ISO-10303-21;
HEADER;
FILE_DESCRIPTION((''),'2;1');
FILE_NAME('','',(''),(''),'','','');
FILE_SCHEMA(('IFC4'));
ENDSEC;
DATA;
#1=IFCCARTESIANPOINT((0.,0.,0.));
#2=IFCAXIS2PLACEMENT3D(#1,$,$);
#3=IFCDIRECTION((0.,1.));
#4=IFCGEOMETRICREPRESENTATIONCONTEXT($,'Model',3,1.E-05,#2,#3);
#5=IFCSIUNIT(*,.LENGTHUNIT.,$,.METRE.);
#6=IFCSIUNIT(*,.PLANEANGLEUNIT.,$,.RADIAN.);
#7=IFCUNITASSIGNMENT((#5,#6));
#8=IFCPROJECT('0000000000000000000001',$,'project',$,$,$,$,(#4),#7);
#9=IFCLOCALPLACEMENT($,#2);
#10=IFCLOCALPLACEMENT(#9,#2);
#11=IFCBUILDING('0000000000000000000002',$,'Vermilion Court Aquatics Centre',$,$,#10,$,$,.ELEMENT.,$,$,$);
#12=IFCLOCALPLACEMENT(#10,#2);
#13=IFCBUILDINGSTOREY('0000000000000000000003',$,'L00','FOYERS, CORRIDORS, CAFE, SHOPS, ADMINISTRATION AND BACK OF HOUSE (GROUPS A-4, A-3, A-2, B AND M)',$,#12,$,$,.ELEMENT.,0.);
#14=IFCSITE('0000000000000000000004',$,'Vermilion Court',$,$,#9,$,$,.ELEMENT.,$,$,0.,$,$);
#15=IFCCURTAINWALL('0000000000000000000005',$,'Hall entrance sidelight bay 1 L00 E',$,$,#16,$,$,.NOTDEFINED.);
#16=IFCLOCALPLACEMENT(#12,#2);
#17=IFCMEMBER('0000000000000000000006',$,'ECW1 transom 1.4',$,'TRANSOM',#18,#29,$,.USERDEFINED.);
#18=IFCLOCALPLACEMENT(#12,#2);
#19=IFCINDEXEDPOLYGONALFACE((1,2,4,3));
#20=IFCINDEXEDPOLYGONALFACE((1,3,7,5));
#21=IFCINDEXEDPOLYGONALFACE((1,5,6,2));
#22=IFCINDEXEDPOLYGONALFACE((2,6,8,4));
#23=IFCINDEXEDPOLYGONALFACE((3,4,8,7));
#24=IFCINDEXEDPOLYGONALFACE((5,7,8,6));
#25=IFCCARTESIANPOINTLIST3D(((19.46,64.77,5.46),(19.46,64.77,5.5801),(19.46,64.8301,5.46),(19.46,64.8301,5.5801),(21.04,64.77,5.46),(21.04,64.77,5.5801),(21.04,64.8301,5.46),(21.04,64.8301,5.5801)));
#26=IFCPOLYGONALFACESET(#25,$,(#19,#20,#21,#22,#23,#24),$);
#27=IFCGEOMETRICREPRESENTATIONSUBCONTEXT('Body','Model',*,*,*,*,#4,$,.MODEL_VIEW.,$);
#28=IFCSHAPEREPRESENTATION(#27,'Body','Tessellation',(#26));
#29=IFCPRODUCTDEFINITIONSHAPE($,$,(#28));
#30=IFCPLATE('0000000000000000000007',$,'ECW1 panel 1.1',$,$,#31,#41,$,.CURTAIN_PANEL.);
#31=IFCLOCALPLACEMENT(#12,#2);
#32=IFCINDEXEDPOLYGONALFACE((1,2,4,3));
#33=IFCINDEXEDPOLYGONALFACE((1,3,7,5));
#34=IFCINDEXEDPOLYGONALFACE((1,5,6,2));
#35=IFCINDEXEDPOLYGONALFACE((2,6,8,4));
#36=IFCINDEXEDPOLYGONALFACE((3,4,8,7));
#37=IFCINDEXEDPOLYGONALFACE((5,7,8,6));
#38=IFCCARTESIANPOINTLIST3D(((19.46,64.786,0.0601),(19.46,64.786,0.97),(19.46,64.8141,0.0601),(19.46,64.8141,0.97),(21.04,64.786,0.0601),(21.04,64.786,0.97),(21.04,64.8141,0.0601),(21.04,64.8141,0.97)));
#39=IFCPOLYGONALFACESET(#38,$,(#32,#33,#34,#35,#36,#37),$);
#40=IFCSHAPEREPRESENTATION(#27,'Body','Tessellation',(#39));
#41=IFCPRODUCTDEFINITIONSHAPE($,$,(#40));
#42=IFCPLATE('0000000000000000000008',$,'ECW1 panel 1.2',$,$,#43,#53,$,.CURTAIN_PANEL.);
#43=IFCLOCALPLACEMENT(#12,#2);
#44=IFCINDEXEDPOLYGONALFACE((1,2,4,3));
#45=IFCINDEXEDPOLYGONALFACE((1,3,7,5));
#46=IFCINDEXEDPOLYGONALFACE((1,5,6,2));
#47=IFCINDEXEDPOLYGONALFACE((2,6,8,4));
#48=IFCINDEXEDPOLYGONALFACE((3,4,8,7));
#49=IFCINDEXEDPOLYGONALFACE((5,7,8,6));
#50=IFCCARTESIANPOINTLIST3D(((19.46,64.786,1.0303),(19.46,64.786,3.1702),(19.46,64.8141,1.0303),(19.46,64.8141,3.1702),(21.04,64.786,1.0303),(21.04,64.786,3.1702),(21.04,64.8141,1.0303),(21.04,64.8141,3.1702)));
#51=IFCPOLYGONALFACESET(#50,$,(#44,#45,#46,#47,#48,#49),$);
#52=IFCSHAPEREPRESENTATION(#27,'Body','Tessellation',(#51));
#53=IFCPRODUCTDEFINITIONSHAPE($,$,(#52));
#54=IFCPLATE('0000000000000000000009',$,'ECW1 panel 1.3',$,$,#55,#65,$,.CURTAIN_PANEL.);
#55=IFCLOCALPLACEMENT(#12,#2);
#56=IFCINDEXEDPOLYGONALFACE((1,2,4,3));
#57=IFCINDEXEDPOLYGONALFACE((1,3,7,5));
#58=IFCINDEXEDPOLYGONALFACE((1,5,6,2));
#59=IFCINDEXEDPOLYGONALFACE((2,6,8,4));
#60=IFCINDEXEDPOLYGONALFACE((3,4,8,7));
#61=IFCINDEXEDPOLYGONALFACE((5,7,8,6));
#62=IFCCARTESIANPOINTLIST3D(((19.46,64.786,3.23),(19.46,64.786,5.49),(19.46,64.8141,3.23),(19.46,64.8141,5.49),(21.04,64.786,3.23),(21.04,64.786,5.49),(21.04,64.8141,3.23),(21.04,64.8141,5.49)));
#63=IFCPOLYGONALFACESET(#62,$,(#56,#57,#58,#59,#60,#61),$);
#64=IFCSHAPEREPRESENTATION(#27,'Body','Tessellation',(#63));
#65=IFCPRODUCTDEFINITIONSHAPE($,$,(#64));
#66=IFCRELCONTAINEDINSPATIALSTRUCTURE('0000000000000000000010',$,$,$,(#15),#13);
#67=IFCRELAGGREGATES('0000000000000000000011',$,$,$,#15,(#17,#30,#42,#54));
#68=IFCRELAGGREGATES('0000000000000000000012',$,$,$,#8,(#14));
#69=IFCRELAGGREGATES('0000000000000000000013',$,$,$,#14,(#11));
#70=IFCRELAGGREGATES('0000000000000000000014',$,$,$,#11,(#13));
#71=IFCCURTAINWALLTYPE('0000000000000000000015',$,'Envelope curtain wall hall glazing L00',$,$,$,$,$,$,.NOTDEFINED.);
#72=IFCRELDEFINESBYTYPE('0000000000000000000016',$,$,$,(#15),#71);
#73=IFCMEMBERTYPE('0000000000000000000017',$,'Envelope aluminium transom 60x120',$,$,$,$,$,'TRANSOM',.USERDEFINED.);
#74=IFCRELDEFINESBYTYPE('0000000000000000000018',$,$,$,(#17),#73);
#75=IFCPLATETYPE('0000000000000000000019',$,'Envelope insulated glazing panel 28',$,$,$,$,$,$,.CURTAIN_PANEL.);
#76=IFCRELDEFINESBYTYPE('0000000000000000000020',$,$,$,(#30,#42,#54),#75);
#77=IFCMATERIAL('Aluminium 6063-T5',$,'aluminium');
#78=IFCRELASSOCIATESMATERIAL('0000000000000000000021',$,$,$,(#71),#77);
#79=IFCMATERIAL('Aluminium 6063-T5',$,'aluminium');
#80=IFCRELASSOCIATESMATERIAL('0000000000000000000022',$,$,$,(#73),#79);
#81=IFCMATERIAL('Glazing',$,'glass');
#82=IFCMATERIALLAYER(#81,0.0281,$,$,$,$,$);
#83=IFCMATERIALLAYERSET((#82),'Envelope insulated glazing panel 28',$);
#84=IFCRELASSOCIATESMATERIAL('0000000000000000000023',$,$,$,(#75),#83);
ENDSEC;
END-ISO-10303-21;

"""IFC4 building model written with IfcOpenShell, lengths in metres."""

from ifc_helpers import new_model, si_unit, direction, frame, origin, origin_2d, place, context, subcontext, project, spatial, rectangle, extrude, material, layer, layer_set, material_profile, profile_set, type_object, element, aggregate, save


model = new_model("IFC4")

# Units and contexts
model_context = context("Model", 3, precision=1e-05, world=origin(), true_north=direction((0.0, 1.0)))
body_context = subcontext(model_context, "Body", "Model", "MODEL_VIEW")
ifc_project = project(units=[si_unit("LENGTHUNIT", "METRE"), si_unit("PLANEANGLEUNIT", "RADIAN")], contexts=[model_context])

# Site, building, storey
site_placement = place(None, origin())
site = spatial("IfcSite", under=ifc_project, at=site_placement, Name="Vermilion Court", CompositionType="ELEMENT", RefElevation=0.0)
building_placement = place(site_placement, origin())
building = spatial("IfcBuilding", under=site, at=building_placement, Name="Vermilion Court Aquatics Centre", CompositionType="ELEMENT")
storey_placement = place(building_placement, origin())
storey = spatial("IfcBuildingStorey", under=building, at=storey_placement, Name="L00", Description="FOYERS, CORRIDORS, CAFE, SHOPS, ADMINISTRATION AND BACK OF HOUSE (GROUPS A-4, A-3, A-2, B AND M)", CompositionType="ELEMENT", Elevation=0.0)

# Shared definitions
ifc_material_1 = material(Name="Aluminium 6063-T5", Category="aluminium")
curtain_wall_type = type_object("IfcCurtainWallType", Name="Envelope curtain wall hall glazing L00", PredefinedType="NOTDEFINED", material=ifc_material_1)

# Curtain wall, member, plates
curtain_wall_1_placement = place(storey_placement, origin())
curtain_wall_1 = element("IfcCurtainWall", 1, at=curtain_wall_1_placement, inside=storey, type_object=curtain_wall_type, Name="Hall entrance sidelight bay 1 L00 E", PredefinedType="NOTDEFINED")
ifc_material_2 = material(Name="Aluminium 6063-T5", Category="aluminium")
ifc_material_profile_1 = material_profile(ifc_material_2, rectangle(XDim=0.0601, YDim=0.1201, at=origin_2d()), Name="AL 60x120")
ifc_profile_set_1 = profile_set([ifc_material_profile_1], Name="Aluminium 6063-T5")
member_type_1 = type_object("IfcMemberType", Name="Envelope aluminium transom 60x120", ElementType="TRANSOM", PredefinedType="USERDEFINED", material=ifc_profile_set_1)
member_1_placement = place(storey_placement, frame((19.46, 64.8, 5.52), z_axis=(1.0, 0.0, 0.0), x_axis=(0.0, 1.0, 0.0)))
member_1 = element("IfcMember", 2, at=member_1_placement, type_object=member_type_1, Name="ECW1 transom 1.4", ObjectType="TRANSOM", PredefinedType="USERDEFINED", context=body_context, shape_type="SweptSolid", body=[
    extrude(rectangle(XDim=0.0601, YDim=0.1201, at=origin_2d()), origin(), (0.0, 0.0, 1.0), 1.5801),
])
ifc_material_3 = material(Name="Glazing", Category="glass")
ifc_layer_1 = layer(ifc_material_3, 0.0281)
ifc_layer_set_1 = layer_set([ifc_layer_1], Name="Envelope insulated glazing panel 28")
plate_type = type_object("IfcPlateType", Name="Envelope insulated glazing panel 28", PredefinedType="CURTAIN_PANEL", material=ifc_layer_set_1)
plate_1_placement = place(storey_placement, frame((20.25, 64.8, 0.0601), z_axis=(0.0, 0.0, 1.0), x_axis=(1.0, 0.0, 0.0)))
plate_1 = element("IfcPlate", 3, at=plate_1_placement, type_object=plate_type, Name="ECW1 panel 1.1", PredefinedType="CURTAIN_PANEL", context=body_context, shape_type="SweptSolid", body=[
    extrude(rectangle(XDim=1.5801, YDim=0.0281, at=origin_2d()), origin(), (0.0, 0.0, 1.0), 0.9099),
])
plate_2_placement = place(storey_placement, frame((20.25, 64.8, 1.0303), z_axis=(0.0, 0.0, 1.0), x_axis=(1.0, 0.0, 0.0)))
plate_2 = element("IfcPlate", 4, at=plate_2_placement, type_object=plate_type, Name="ECW1 panel 1.2", PredefinedType="CURTAIN_PANEL", context=body_context, shape_type="SweptSolid", body=[
    extrude(rectangle(XDim=1.5801, YDim=0.0281, at=origin_2d()), origin(), (0.0, 0.0, 1.0), 2.1399),
])
plate_3_placement = place(storey_placement, frame((20.25, 64.8, 3.23), z_axis=(0.0, 0.0, 1.0), x_axis=(1.0, 0.0, 0.0)))
plate_3 = element("IfcPlate", 5, at=plate_3_placement, type_object=plate_type, Name="ECW1 panel 1.3", PredefinedType="CURTAIN_PANEL", context=body_context, shape_type="SweptSolid", body=[
    extrude(rectangle(XDim=1.5801, YDim=0.0281, at=origin_2d()), origin(), (0.0, 0.0, 1.0), 2.26),
])
aggregate(curtain_wall_1, [member_1, plate_1, plate_2, plate_3])

save(model, "model.ifc")
